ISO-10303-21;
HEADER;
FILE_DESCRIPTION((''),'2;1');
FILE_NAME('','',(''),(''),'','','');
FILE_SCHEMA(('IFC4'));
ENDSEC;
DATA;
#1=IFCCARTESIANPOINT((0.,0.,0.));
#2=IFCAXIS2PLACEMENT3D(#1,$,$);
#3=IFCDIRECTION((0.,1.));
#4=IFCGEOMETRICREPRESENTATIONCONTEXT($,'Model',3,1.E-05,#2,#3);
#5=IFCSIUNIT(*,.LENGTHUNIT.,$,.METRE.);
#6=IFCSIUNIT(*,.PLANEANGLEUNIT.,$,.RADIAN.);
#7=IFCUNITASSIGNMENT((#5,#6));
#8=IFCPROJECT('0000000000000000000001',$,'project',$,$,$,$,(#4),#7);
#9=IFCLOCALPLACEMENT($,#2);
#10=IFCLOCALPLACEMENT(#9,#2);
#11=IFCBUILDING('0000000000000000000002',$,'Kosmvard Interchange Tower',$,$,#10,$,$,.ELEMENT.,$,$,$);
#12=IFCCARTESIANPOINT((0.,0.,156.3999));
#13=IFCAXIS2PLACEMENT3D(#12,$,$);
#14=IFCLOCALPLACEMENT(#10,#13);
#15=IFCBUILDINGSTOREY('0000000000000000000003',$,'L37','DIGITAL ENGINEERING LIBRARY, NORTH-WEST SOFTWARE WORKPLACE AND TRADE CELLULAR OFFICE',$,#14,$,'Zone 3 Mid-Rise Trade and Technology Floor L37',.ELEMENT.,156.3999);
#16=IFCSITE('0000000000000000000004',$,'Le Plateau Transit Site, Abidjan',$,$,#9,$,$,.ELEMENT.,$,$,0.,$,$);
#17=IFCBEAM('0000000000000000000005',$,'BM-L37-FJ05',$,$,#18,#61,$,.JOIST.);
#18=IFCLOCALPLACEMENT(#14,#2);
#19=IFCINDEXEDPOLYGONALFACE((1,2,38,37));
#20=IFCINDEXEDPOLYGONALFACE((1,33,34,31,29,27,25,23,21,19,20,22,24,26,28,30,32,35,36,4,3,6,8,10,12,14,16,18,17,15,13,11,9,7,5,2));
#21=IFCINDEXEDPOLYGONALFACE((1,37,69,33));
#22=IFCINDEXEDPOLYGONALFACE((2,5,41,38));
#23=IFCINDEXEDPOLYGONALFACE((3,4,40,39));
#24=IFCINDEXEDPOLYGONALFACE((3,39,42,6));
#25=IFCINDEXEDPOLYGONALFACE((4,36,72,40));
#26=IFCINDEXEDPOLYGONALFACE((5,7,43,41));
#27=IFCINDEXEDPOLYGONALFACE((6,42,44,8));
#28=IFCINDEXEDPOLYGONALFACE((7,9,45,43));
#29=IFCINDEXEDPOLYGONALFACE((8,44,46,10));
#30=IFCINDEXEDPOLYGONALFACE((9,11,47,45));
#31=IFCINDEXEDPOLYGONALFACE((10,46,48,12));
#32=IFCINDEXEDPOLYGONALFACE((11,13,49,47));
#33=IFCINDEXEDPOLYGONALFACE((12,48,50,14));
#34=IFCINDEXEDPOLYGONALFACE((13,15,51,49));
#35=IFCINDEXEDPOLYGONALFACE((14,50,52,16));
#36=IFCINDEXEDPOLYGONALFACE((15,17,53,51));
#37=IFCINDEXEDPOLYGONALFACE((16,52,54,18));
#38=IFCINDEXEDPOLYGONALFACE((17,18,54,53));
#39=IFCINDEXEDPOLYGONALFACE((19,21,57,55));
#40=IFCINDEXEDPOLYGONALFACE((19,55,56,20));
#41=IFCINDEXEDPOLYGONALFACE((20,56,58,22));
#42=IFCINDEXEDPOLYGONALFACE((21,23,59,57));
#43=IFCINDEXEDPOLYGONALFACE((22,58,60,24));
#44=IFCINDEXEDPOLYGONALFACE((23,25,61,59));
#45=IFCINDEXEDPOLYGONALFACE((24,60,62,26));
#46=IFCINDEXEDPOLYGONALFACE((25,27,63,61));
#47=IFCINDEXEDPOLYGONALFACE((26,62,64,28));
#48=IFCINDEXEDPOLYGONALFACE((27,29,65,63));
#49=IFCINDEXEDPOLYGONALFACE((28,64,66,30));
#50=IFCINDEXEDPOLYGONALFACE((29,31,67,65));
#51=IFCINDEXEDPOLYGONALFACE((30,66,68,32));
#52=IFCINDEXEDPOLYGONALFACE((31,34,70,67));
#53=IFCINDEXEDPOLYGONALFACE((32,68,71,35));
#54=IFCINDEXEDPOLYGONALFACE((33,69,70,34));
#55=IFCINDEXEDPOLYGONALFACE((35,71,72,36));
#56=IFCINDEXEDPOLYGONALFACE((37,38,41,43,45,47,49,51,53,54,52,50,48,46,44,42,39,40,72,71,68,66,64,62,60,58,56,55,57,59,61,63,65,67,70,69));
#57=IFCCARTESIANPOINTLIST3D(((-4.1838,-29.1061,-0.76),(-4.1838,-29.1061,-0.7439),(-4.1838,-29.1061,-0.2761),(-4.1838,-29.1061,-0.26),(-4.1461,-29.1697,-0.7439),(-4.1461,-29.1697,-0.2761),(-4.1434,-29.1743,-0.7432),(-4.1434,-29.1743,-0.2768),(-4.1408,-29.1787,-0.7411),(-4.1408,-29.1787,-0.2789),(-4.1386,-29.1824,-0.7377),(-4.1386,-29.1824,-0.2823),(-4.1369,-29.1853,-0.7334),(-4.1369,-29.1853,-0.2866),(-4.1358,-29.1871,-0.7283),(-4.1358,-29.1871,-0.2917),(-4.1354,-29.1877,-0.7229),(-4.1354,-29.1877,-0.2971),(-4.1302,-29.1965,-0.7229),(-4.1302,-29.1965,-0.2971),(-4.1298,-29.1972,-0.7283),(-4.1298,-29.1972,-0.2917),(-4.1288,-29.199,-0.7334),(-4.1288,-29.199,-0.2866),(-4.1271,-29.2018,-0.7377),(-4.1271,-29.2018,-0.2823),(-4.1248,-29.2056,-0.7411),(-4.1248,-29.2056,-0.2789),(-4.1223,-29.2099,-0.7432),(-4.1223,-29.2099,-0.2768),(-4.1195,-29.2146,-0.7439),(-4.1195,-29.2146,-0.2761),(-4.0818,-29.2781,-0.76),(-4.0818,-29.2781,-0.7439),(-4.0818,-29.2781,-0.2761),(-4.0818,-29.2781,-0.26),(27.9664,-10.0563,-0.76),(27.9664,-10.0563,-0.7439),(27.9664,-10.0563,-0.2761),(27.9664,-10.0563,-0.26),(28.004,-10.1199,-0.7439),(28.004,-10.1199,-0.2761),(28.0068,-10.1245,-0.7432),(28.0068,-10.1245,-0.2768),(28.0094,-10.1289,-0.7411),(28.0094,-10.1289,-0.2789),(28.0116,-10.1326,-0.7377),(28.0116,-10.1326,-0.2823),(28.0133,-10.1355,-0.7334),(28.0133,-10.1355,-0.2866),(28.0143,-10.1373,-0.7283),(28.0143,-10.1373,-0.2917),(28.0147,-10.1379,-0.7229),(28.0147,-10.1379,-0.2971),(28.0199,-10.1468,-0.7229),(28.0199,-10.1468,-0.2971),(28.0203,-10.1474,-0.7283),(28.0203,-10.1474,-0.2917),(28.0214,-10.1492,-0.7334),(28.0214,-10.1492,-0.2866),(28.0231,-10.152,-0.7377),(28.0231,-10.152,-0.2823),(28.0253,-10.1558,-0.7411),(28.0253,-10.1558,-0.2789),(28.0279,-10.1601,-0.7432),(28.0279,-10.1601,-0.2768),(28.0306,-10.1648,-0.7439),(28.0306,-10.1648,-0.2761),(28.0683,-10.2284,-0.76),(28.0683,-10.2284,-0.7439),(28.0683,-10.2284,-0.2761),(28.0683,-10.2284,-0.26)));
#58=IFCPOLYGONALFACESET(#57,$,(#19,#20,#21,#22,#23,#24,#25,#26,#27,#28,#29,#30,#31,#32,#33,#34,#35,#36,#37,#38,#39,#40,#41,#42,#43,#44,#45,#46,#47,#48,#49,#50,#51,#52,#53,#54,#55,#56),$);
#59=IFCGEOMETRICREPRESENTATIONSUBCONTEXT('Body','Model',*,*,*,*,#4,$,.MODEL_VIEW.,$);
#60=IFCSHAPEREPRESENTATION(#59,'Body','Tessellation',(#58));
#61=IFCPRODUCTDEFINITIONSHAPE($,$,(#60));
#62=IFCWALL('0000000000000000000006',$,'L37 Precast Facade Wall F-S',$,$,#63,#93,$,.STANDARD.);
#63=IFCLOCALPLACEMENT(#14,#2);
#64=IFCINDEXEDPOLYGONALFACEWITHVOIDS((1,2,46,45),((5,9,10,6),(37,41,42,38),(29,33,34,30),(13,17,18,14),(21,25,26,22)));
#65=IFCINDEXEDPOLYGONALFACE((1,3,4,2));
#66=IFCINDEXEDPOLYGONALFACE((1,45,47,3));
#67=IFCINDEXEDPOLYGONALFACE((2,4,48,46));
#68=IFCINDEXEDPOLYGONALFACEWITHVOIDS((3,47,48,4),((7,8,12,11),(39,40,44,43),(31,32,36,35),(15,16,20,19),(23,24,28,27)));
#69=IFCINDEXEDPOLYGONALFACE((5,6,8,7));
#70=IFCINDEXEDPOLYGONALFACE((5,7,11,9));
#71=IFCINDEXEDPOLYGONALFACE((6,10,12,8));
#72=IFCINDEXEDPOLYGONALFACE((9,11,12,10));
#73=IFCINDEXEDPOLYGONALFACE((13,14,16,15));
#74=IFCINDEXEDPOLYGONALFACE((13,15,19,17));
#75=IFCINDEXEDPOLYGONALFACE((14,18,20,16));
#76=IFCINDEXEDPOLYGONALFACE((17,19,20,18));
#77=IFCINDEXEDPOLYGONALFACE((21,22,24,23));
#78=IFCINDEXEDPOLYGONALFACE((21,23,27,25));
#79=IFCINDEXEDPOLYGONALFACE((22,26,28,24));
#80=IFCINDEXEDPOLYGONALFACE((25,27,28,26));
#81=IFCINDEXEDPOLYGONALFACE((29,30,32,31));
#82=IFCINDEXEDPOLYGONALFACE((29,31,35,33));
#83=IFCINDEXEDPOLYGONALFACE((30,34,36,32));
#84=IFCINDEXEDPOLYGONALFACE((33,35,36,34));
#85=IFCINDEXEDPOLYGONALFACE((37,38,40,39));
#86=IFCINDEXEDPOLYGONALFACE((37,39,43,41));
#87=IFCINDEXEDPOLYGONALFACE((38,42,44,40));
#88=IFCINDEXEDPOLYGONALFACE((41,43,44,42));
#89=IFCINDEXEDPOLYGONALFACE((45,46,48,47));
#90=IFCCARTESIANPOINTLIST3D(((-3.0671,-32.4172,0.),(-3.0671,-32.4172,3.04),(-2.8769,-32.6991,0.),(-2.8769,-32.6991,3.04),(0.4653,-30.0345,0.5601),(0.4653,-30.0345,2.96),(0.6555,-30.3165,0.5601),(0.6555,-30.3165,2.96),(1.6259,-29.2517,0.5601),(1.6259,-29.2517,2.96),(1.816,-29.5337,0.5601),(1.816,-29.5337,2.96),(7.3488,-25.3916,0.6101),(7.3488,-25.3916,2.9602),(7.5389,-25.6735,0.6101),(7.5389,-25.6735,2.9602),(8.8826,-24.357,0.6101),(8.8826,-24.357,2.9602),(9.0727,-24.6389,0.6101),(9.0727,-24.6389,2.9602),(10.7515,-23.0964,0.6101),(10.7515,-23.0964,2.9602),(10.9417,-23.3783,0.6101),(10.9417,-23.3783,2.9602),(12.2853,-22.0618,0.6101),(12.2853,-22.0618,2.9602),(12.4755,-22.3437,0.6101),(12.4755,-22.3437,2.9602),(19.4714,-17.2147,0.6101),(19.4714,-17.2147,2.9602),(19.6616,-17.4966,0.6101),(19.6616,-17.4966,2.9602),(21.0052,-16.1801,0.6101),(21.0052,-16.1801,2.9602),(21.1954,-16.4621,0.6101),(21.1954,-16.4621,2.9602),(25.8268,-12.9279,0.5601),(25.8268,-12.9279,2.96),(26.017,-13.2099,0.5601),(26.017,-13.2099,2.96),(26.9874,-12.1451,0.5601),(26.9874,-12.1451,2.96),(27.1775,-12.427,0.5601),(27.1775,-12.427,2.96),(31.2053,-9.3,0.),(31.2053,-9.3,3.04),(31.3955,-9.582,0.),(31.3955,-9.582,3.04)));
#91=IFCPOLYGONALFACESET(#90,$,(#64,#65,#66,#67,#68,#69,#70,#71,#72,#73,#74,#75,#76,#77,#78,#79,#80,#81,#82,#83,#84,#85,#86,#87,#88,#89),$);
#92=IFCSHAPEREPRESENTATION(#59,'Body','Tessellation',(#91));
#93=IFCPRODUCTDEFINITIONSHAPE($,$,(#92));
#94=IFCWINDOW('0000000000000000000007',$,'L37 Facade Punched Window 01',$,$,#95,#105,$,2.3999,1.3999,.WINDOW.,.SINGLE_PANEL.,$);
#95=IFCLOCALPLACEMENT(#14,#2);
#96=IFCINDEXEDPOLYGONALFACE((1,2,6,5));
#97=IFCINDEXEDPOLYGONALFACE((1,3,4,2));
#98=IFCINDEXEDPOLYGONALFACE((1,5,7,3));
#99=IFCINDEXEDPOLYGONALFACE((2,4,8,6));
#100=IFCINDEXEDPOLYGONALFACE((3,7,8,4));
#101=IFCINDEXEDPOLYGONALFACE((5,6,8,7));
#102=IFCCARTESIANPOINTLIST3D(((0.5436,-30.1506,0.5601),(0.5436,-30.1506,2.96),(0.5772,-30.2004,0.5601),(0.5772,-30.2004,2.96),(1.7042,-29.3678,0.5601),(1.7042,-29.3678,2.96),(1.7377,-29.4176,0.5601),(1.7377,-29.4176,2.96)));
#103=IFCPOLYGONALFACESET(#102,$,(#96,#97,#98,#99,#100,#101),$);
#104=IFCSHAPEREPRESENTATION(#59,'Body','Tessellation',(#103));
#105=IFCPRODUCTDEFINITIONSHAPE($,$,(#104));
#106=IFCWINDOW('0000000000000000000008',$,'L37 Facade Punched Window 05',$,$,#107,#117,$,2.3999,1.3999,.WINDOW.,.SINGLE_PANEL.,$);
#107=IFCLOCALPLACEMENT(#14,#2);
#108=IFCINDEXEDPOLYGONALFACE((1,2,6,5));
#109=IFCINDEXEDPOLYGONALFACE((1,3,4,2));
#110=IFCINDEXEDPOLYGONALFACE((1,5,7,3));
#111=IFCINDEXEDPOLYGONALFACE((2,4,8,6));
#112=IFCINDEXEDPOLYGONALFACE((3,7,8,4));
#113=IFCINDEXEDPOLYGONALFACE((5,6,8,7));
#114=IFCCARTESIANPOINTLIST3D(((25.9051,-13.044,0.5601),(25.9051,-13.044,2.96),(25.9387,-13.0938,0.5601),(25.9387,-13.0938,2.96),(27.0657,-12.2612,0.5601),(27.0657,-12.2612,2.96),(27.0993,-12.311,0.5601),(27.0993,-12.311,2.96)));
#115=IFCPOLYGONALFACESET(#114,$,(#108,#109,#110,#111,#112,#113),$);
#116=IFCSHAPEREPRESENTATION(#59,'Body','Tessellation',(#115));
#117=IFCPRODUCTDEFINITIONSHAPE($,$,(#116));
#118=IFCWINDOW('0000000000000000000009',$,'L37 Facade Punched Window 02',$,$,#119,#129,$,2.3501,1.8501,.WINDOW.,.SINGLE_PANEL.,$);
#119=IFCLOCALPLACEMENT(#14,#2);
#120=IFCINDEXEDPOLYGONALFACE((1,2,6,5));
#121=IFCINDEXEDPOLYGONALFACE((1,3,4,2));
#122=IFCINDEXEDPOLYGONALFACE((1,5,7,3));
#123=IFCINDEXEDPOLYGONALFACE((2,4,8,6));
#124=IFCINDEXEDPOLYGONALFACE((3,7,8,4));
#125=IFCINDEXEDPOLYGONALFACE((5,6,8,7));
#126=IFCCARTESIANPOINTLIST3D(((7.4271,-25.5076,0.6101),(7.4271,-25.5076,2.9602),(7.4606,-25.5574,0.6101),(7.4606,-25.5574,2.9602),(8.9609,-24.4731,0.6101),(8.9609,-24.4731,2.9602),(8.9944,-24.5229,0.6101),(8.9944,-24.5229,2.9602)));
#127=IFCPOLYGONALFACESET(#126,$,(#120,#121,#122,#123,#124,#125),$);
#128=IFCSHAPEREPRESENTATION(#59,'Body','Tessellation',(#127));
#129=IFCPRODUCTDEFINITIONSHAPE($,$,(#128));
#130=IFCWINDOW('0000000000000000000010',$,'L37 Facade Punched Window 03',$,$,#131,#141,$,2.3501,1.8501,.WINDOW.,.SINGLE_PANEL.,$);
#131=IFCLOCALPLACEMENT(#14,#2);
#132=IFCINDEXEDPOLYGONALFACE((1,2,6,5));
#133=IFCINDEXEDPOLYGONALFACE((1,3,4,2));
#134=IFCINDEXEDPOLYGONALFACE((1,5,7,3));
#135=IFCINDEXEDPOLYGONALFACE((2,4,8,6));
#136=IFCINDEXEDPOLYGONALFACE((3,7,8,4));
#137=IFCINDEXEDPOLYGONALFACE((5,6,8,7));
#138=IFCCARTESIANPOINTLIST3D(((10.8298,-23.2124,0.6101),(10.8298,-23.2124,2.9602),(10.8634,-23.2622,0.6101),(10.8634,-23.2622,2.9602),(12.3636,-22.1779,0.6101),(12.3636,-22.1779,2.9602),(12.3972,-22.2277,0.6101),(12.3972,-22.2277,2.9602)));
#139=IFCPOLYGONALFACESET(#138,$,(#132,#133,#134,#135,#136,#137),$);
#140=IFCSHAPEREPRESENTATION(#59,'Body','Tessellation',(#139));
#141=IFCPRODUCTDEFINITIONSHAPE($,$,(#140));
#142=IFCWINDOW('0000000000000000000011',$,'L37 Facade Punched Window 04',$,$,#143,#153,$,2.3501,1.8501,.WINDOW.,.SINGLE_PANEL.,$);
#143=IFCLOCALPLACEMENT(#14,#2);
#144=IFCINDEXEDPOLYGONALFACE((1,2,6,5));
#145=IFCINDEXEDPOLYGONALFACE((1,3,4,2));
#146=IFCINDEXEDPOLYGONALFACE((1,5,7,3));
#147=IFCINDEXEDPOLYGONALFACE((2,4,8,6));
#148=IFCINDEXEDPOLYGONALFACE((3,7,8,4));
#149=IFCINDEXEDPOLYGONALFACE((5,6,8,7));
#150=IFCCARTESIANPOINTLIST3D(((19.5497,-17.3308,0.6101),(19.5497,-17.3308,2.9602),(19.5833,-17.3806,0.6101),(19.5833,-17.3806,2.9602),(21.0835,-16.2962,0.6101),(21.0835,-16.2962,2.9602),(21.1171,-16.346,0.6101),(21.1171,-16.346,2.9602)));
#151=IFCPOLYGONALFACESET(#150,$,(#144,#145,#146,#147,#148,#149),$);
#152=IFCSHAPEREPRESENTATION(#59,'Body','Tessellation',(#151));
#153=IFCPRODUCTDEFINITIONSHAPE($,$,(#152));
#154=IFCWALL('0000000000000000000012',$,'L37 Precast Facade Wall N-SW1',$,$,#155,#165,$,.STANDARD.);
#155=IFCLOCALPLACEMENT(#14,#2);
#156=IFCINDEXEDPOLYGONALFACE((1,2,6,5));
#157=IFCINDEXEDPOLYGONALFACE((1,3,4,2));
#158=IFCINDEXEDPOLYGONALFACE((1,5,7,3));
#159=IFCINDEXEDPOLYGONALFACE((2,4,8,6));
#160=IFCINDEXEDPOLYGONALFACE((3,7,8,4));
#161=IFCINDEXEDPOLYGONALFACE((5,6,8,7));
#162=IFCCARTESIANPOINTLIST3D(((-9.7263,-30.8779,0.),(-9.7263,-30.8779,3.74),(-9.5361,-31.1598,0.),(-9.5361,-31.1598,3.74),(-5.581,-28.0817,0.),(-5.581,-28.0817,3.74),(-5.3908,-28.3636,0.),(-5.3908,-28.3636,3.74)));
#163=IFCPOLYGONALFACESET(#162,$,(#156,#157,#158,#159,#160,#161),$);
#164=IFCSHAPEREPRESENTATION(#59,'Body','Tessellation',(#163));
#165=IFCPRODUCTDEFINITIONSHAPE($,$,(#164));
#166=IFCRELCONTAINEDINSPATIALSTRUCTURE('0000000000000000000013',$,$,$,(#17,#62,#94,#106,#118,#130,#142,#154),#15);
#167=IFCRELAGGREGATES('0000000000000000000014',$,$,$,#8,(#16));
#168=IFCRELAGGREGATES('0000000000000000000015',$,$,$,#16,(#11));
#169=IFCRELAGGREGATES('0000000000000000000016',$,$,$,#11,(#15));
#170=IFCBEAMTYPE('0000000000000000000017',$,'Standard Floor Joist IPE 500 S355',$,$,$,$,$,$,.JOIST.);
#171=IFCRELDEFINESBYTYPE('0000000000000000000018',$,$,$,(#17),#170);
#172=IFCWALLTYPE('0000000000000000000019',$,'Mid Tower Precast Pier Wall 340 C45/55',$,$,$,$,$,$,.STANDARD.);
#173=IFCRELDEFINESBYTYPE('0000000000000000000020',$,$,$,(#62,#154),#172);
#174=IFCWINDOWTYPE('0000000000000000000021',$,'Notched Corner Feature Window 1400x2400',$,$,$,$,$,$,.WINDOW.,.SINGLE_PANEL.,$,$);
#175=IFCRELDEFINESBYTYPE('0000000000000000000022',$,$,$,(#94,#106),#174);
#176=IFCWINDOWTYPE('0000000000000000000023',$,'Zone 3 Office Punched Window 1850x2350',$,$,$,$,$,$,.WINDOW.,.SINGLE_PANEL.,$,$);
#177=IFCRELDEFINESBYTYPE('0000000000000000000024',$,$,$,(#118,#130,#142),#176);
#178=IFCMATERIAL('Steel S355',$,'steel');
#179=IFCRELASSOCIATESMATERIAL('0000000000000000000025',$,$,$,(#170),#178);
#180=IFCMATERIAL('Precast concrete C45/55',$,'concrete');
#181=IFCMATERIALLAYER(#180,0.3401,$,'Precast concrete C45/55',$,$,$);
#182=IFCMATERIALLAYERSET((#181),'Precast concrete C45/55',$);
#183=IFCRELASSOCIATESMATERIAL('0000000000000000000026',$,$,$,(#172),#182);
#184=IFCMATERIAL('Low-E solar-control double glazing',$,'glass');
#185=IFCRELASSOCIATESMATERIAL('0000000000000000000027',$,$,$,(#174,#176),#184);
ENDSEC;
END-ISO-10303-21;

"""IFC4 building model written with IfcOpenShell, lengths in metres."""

from ifc_helpers import new_model, si_unit, direction, frame, frame_2d, origin, origin_2d, place, context, subcontext, project, spatial, rectangle, i_section, extrude, source, transform, mapped, material, layer, layer_set, material_profile, profile_set, type_object, element, fill, save


model = new_model("IFC4")

# Units and contexts
model_context = context("Model", 3, precision=1e-05, world=origin(), true_north=direction((0.0, 1.0)))
body_context = subcontext(model_context, "Body", "Model", "MODEL_VIEW")
ifc_project = project(units=[si_unit("LENGTHUNIT", "METRE"), si_unit("PLANEANGLEUNIT", "RADIAN")], contexts=[model_context])

# Site, building, storey
site_placement = place(None, origin())
site = spatial("IfcSite", under=ifc_project, at=site_placement, Name="Le Plateau Transit Site, Abidjan", CompositionType="ELEMENT", RefElevation=0.0)
building_placement = place(site_placement, origin())
building = spatial("IfcBuilding", under=site, at=building_placement, Name="Kosmvard Interchange Tower", CompositionType="ELEMENT")
storey_placement = place(building_placement, frame((0.0, 0.0, 156.3999)))
storey = spatial("IfcBuildingStorey", under=building, at=storey_placement, Name="L37", Description="DIGITAL ENGINEERING LIBRARY, NORTH-WEST SOFTWARE WORKPLACE AND TRADE CELLULAR OFFICE", LongName="Zone 3 Mid-Rise Trade and Technology Floor L37", CompositionType="ELEMENT", Elevation=156.3999)

# Beam
ifc_material_1 = material(Name="Steel S355", Category="steel")
ifc_material_2 = material(Name="Precast concrete C45/55", Category="concrete")
ifc_material_profile_1 = material_profile(ifc_material_1, i_section(OverallWidth=0.2, OverallDepth=0.5, WebThickness=0.0103, FlangeThickness=0.0161, FilletRadius=0.021, at=origin_2d()), Name="IPE 500")
ifc_profile_set_1 = profile_set([ifc_material_profile_1], Name="Steel S355")
beam_type_1 = type_object("IfcBeamType", Name="Standard Floor Joist IPE 500 S355", PredefinedType="JOIST", material=ifc_profile_set_1)
shared_shape_1 = source(origin(), body_context, "Body", "SweptSolid", [
    extrude(i_section(OverallWidth=0.2, OverallDepth=0.5, WebThickness=0.0103, FlangeThickness=0.0161, FilletRadius=0.021, at=origin_2d()), origin(), (0.0, 0.0, 1.0), 37.3701),
])
beam_1_placement = place(storey_placement, frame((-4.1328, -29.1921, -0.51), z_axis=(0.860317, 0.50976, 0.0), x_axis=(-0.50976, 0.860317, 0.0)))
element("IfcBeam", 1, at=beam_1_placement, inside=storey, type_object=beam_type_1, Name="BM-L37-FJ05", PredefinedType="JOIST", context=body_context, shape_type="MappedRepresentation", body=[
    mapped(shared_shape_1, transform((0.0, 0.0, 0.0), scale=1.0)),
])

# Wall, openings, windows
ifc_layer_1 = layer(ifc_material_2, 0.3401, Name="Precast concrete C45/55")
ifc_layer_set_1 = layer_set([ifc_layer_1], Name="Precast concrete C45/55")
wall_type_1 = type_object("IfcWallType", Name="Mid Tower Precast Pier Wall 340 C45/55", PredefinedType="STANDARD", material=ifc_layer_set_1)
wall_1_placement = place(storey_placement, frame((-2.9719, -32.5581, 0.0), z_axis=(0.0, 0.0, 1.0), x_axis=(0.829036, 0.559195, 0.0)))
wall_1 = element("IfcWall", 2, at=wall_1_placement, inside=storey, type_object=wall_type_1, Name="L37 Precast Facade Wall F-S", PredefinedType="STANDARD", context=body_context, shape_type="SweptSolid", body=[
    extrude(rectangle(XDim=41.3401, YDim=0.3401, at=frame_2d((20.6699, 0.0))), origin(), (0.0, 0.0, 1.0), 3.04),
])
opening_1_placement = place(wall_1_placement, frame((4.2607, 0.0, 0.5601)))
opening_1 = element("IfcOpeningElement", 3, at=opening_1_placement, cuts=wall_1, PredefinedType="OPENING", context=body_context, shape_type="SweptSolid", body=[
    extrude(rectangle(XDim=1.3999, YDim=2.3999, at=frame_2d((0.7, 1.2))), frame((0.0, 0.1802, 0.0), z_axis=(0.0, -1.0, 0.0), x_axis=(1.0, 0.0, 0.0)), (0.0, 0.0, 1.0), 0.3601),
])
opening_2_placement = place(wall_1_placement, frame((12.5637, 0.0, 0.6101)))
opening_2 = element("IfcOpeningElement", 4, at=opening_2_placement, cuts=wall_1, PredefinedType="OPENING", context=body_context, shape_type="SweptSolid", body=[
    extrude(rectangle(XDim=1.8501, YDim=2.3501, at=frame_2d((0.925, 1.175))), frame((0.0, 0.1802, 0.0), z_axis=(0.0, -1.0, 0.0), x_axis=(1.0, 0.0, 0.0)), (0.0, 0.0, 1.0), 0.3601),
])
opening_3_placement = place(wall_1_placement, frame((16.6682, 0.0, 0.6101)))
opening_3 = element("IfcOpeningElement", 5, at=opening_3_placement, cuts=wall_1, PredefinedType="OPENING", context=body_context, shape_type="SweptSolid", body=[
    extrude(rectangle(XDim=1.8501, YDim=2.3501, at=frame_2d((0.925, 1.175))), frame((0.0, 0.1802, 0.0), z_axis=(0.0, -1.0, 0.0), x_axis=(1.0, 0.0, 0.0)), (0.0, 0.0, 1.0), 0.3601),
])
opening_4_placement = place(wall_1_placement, frame((27.1863, 0.0, 0.6101)))
opening_4 = element("IfcOpeningElement", 6, at=opening_4_placement, cuts=wall_1, PredefinedType="OPENING", context=body_context, shape_type="SweptSolid", body=[
    extrude(rectangle(XDim=1.8501, YDim=2.3501, at=frame_2d((0.925, 1.175))), frame((0.0, 0.1802, 0.0), z_axis=(0.0, -1.0, 0.0), x_axis=(1.0, 0.0, 0.0)), (0.0, 0.0, 1.0), 0.3601),
])
opening_5_placement = place(wall_1_placement, frame((34.8523, 0.0, 0.5601)))
opening_5 = element("IfcOpeningElement", 7, at=opening_5_placement, cuts=wall_1, PredefinedType="OPENING", context=body_context, shape_type="SweptSolid", body=[
    extrude(rectangle(XDim=1.3999, YDim=2.3999, at=frame_2d((0.7, 1.2))), frame((0.0, 0.1802, 0.0), z_axis=(0.0, -1.0, 0.0), x_axis=(1.0, 0.0, 0.0)), (0.0, 0.0, 1.0), 0.3601),
])
ifc_material_3 = material(Name="Low-E solar-control double glazing", Category="glass")
window_type_1 = type_object("IfcWindowType", Name="Notched Corner Feature Window 1400x2400", PartitioningType="SINGLE_PANEL", PredefinedType="WINDOW", material=ifc_material_3)
shared_shape_2 = source(origin(), body_context, "Body", "SweptSolid", [
    extrude(rectangle(XDim=1.3999, YDim=2.3999, at=frame_2d((0.7, 1.2))), frame((0.0, 0.03, 0.0), z_axis=(0.0, -1.0, 0.0), x_axis=(1.0, 0.0, 0.0)), (0.0, 0.0, 1.0), 0.0601),
])
window_1_placement = place(opening_1_placement, origin())
window_1 = element("IfcWindow", 8, at=window_1_placement, inside=storey, type_object=window_type_1, Name="L37 Facade Punched Window 01", OverallHeight=2.3999, OverallWidth=1.3999, PartitioningType="SINGLE_PANEL", PredefinedType="WINDOW", context=body_context, shape_type="MappedRepresentation", body=[
    mapped(shared_shape_2, transform((0.0, 0.0, 0.0), scale=1.0)),
])
fill(opening_1, window_1)
window_2_placement = place(opening_5_placement, origin())
window_2 = element("IfcWindow", 9, at=window_2_placement, inside=storey, type_object=window_type_1, Name="L37 Facade Punched Window 05", OverallHeight=2.3999, OverallWidth=1.3999, PartitioningType="SINGLE_PANEL", PredefinedType="WINDOW", context=body_context, shape_type="MappedRepresentation", body=[
    mapped(shared_shape_2, transform((0.0, 0.0, 0.0), scale=1.0)),
])
fill(opening_5, window_2)
window_type_2 = type_object("IfcWindowType", Name="Zone 3 Office Punched Window 1850x2350", PartitioningType="SINGLE_PANEL", PredefinedType="WINDOW", material=ifc_material_3)
shared_shape_3 = source(origin(), body_context, "Body", "SweptSolid", [
    extrude(rectangle(XDim=1.8501, YDim=2.3501, at=frame_2d((0.925, 1.175))), frame((0.0, 0.03, 0.0), z_axis=(0.0, -1.0, 0.0), x_axis=(1.0, 0.0, 0.0)), (0.0, 0.0, 1.0), 0.0601),
])
window_3_placement = place(opening_2_placement, origin())
window_3 = element("IfcWindow", 10, at=window_3_placement, inside=storey, type_object=window_type_2, Name="L37 Facade Punched Window 02", OverallHeight=2.3501, OverallWidth=1.8501, PartitioningType="SINGLE_PANEL", PredefinedType="WINDOW", context=body_context, shape_type="MappedRepresentation", body=[
    mapped(shared_shape_3, transform((0.0, 0.0, 0.0), scale=1.0)),
])
fill(opening_2, window_3)
window_4_placement = place(opening_3_placement, origin())
window_4 = element("IfcWindow", 11, at=window_4_placement, inside=storey, type_object=window_type_2, Name="L37 Facade Punched Window 03", OverallHeight=2.3501, OverallWidth=1.8501, PartitioningType="SINGLE_PANEL", PredefinedType="WINDOW", context=body_context, shape_type="MappedRepresentation", body=[
    mapped(shared_shape_3, transform((0.0, 0.0, 0.0), scale=1.0)),
])
fill(opening_3, window_4)
window_5_placement = place(opening_4_placement, origin())
window_5 = element("IfcWindow", 12, at=window_5_placement, inside=storey, type_object=window_type_2, Name="L37 Facade Punched Window 04", OverallHeight=2.3501, OverallWidth=1.8501, PartitioningType="SINGLE_PANEL", PredefinedType="WINDOW", context=body_context, shape_type="MappedRepresentation", body=[
    mapped(shared_shape_3, transform((0.0, 0.0, 0.0), scale=1.0)),
])
fill(opening_4, window_5)

# Wall
wall_2_placement = place(storey_placement, frame((-9.6311, -31.0188, 0.0), z_axis=(0.0, 0.0, 1.0), x_axis=(0.829026, 0.55921, 0.0)))
element("IfcWall", 13, at=wall_2_placement, inside=storey, type_object=wall_type_1, Name="L37 Precast Facade Wall N-SW1", PredefinedType="STANDARD", context=body_context, shape_type="SweptSolid", body=[
    extrude(rectangle(XDim=5.0002, YDim=0.3401, at=frame_2d((2.5, 0.0))), origin(), (0.0, 0.0, 1.0), 3.74),
])

save(model, "model.ifc")
